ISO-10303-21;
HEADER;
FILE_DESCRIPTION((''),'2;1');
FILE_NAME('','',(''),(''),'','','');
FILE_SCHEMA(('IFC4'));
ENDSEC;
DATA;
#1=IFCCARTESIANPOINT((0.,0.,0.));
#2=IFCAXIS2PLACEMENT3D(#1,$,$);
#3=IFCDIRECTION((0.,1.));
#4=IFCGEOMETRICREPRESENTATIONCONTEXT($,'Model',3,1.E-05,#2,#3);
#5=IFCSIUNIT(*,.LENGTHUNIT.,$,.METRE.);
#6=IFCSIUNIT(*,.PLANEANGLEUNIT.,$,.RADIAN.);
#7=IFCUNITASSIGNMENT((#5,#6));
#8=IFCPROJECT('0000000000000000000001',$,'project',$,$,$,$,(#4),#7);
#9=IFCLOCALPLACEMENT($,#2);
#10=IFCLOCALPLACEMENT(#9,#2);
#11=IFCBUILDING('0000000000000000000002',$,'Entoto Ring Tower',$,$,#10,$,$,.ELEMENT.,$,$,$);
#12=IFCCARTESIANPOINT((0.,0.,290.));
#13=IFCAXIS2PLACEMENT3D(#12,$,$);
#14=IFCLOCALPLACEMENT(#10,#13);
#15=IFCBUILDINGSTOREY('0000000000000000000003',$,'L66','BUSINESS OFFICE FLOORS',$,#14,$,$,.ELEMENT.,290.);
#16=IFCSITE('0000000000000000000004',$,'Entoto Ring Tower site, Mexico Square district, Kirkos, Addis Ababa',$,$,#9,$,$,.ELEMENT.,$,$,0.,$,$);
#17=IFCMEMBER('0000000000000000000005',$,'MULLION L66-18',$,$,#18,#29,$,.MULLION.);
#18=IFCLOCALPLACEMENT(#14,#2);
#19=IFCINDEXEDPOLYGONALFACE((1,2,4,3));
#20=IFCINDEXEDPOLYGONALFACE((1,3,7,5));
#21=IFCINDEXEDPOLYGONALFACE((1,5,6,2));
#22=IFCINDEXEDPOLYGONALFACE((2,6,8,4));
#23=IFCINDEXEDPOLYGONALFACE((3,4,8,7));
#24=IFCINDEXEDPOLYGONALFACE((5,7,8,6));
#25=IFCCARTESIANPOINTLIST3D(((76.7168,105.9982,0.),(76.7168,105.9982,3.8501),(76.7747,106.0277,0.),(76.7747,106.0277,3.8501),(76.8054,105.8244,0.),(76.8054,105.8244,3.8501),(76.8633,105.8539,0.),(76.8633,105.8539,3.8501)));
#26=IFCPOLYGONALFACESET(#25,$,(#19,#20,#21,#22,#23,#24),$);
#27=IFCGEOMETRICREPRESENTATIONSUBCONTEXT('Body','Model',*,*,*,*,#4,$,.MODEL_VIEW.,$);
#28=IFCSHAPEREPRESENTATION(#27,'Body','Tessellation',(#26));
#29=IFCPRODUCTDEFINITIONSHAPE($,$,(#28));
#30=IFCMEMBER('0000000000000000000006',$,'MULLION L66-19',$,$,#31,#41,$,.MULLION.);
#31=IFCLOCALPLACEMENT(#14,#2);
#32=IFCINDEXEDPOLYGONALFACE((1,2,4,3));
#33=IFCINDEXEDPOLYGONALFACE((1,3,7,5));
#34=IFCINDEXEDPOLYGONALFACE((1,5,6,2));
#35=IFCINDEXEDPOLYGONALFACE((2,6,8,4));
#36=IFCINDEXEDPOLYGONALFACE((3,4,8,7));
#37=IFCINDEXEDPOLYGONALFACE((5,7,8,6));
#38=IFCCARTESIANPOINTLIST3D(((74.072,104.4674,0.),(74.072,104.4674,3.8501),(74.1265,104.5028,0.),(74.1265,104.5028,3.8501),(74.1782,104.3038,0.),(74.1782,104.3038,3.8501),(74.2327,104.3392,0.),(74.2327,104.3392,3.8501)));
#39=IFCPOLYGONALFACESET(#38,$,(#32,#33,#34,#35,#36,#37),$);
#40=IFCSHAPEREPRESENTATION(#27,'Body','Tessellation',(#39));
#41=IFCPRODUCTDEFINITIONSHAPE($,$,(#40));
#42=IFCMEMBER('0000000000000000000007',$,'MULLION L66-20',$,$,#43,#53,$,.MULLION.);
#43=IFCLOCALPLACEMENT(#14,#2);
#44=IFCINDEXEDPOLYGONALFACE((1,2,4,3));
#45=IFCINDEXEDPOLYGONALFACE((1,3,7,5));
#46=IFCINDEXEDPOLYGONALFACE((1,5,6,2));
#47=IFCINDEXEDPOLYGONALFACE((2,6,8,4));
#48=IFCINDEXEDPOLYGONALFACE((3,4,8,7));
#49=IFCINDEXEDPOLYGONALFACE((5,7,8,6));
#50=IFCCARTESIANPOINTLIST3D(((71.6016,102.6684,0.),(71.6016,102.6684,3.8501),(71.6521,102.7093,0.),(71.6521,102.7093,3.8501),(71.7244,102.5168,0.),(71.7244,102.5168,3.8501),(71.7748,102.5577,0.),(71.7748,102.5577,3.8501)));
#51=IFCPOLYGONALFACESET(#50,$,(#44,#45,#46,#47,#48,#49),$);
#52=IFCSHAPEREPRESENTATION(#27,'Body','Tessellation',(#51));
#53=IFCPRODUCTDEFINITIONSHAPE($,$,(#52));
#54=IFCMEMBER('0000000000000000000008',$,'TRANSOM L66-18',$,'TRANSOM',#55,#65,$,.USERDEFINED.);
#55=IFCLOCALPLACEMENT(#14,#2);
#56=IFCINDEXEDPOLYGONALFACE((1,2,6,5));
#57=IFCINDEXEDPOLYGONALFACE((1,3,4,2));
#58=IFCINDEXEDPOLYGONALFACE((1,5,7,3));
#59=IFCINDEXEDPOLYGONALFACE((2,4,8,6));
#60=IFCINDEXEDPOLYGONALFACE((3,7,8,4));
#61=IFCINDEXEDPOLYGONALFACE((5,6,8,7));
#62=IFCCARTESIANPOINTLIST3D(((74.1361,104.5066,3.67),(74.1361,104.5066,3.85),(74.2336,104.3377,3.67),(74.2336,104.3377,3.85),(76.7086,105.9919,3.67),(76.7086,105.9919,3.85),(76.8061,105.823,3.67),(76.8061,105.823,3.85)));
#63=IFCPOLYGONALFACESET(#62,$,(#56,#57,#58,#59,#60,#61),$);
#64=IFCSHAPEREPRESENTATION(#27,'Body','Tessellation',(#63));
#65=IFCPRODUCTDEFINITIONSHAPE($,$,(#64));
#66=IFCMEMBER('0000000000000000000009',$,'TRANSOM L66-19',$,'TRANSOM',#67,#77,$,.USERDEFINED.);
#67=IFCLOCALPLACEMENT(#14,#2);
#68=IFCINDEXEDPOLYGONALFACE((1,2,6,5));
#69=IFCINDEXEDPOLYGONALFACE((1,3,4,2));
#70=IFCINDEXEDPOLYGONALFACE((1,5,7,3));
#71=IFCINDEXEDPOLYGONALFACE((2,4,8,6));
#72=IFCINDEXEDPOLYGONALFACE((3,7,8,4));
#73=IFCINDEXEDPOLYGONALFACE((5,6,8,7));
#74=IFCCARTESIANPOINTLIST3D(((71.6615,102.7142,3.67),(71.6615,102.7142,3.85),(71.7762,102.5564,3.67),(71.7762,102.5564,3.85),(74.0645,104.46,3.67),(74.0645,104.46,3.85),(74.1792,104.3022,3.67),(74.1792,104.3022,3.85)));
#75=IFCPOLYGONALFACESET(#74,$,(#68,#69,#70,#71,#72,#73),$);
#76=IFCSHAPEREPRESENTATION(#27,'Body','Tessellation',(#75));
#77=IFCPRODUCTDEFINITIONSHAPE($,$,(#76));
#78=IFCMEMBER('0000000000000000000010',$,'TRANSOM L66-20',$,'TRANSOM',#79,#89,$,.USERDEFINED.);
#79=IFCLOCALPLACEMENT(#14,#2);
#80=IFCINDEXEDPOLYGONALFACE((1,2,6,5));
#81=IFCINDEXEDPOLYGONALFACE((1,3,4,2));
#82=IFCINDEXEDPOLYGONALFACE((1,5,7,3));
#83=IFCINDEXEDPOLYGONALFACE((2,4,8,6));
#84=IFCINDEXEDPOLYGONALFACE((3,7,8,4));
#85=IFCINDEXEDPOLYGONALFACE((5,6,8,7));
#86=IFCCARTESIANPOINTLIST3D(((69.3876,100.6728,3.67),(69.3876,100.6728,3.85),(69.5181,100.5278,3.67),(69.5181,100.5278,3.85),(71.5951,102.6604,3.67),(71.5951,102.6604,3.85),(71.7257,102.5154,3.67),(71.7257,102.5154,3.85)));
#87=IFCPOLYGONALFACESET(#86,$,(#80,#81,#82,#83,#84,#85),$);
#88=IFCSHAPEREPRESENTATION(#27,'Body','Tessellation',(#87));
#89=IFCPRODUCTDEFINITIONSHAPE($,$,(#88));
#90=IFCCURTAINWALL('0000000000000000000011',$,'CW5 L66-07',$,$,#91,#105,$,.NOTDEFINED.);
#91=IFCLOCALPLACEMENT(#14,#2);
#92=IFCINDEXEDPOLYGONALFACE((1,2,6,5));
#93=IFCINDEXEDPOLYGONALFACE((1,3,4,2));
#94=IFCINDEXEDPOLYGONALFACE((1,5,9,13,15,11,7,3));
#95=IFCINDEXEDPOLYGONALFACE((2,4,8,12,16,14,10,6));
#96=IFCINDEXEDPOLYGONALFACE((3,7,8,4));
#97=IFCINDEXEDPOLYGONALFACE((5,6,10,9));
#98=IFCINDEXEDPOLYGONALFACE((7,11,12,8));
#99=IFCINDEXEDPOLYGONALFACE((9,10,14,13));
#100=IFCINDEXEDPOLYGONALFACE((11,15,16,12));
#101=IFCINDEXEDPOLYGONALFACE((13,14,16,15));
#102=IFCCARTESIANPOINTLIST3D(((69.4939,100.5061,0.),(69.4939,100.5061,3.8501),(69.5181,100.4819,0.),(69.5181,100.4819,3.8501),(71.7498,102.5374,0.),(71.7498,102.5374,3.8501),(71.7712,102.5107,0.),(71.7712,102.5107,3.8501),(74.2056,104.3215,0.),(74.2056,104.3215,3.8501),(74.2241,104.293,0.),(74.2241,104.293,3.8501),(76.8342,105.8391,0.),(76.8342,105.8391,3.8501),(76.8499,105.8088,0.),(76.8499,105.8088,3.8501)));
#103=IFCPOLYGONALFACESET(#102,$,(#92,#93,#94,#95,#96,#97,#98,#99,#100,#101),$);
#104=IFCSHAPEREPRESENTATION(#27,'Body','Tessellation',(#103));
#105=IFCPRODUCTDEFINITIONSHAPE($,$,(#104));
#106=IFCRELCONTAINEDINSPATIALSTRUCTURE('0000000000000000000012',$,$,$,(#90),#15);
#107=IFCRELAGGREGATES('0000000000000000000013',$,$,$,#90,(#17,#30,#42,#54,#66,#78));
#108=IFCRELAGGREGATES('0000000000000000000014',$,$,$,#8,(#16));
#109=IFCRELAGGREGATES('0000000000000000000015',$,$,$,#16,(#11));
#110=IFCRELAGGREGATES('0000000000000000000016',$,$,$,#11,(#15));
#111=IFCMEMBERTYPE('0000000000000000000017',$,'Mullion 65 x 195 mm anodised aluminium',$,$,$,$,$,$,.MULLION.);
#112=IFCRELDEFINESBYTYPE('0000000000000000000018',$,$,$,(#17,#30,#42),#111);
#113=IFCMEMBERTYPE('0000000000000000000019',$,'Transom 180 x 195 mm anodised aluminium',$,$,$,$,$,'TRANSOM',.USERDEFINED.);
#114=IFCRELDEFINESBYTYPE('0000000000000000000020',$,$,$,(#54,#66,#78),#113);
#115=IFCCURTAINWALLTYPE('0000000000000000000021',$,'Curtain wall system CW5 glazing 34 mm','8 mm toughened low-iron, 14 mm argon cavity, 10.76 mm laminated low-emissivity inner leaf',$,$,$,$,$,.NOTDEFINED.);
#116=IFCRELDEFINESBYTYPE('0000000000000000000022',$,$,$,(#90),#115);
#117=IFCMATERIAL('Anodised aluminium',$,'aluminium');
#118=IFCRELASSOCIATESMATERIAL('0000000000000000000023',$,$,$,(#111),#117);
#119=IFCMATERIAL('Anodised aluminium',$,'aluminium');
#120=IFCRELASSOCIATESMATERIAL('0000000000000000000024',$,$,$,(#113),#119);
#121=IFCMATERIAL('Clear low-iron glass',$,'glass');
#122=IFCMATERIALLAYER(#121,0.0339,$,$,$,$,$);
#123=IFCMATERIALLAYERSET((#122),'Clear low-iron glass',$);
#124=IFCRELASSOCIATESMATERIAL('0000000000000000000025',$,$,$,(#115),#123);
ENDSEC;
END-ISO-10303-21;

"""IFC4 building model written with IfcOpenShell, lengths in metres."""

from ifc_helpers import new_model, si_unit, direction, frame, origin, origin_2d, place, context, subcontext, project, spatial, polyline, rectangle, outline, extrude, material, layer, layer_set, material_profile, profile_set, type_object, element, aggregate, save


model = new_model("IFC4")

# Units and contexts
model_context = context("Model", 3, precision=1e-05, world=origin(), true_north=direction((0.0, 1.0)))
body_context = subcontext(model_context, "Body", "Model", "MODEL_VIEW")
ifc_project = project(units=[si_unit("LENGTHUNIT", "METRE"), si_unit("PLANEANGLEUNIT", "RADIAN")], contexts=[model_context])

# Members
ifc_material_1 = material(Name="Anodised aluminium", Category="aluminium")
ifc_material_profile_1 = material_profile(ifc_material_1, rectangle(XDim=0.0649, YDim=0.1951, at=origin_2d()), Name="Mullion 65 x 195 mm anodised aluminium")
ifc_profile_set_1 = profile_set([ifc_material_profile_1], Name="Anodised aluminium")
member_type_1 = type_object("IfcMemberType", Name="Mullion 65 x 195 mm anodised aluminium", PredefinedType="MULLION", material=ifc_profile_set_1)
site_placement = place(None, origin())
building_placement = place(site_placement, origin())
storey_placement = place(building_placement, frame((0.0, 0.0, 290.0)))
member_1_placement = place(storey_placement, frame((76.79, 105.926, 0.0), z_axis=(0.0, 0.0, 1.0), x_axis=(-0.891007, -0.45399, 0.0)))
member_1 = element("IfcMember", 1, at=member_1_placement, type_object=member_type_1, Name="MULLION L66-18", PredefinedType="MULLION", context=body_context, shape_type="SweptSolid", body=[
    extrude(rectangle(XDim=0.0649, YDim=0.1951, at=origin_2d()), origin(), (0.0, 0.0, 1.0), 3.8501),
])
member_2_placement = place(storey_placement, frame((74.1523, 104.4033, 0.0), z_axis=(0.0, 0.0, 1.0), x_axis=(-0.838671, -0.544639, 0.0)))
member_2 = element("IfcMember", 2, at=member_2_placement, type_object=member_type_1, Name="MULLION L66-19", PredefinedType="MULLION", context=body_context, shape_type="SweptSolid", body=[
    extrude(rectangle(XDim=0.0649, YDim=0.1951, at=origin_2d()), origin(), (0.0, 0.0, 1.0), 3.8501),
])
member_3_placement = place(storey_placement, frame((71.6882, 102.613, 0.0), z_axis=(0.0, 0.0, 1.0), x_axis=(-0.777146, -0.62932, 0.0)))
member_3 = element("IfcMember", 3, at=member_3_placement, type_object=member_type_1, Name="MULLION L66-20", PredefinedType="MULLION", context=body_context, shape_type="SweptSolid", body=[
    extrude(rectangle(XDim=0.0649, YDim=0.1951, at=origin_2d()), origin(), (0.0, 0.0, 1.0), 3.8501),
])
ifc_material_2 = material(Name="Anodised aluminium", Category="aluminium")
ifc_material_profile_2 = material_profile(ifc_material_2, rectangle(XDim=0.1951, YDim=0.1799, at=origin_2d()), Name="Transom 180 x 195 mm anodised aluminium")
ifc_profile_set_2 = profile_set([ifc_material_profile_2], Name="Anodised aluminium")
member_type_2 = type_object("IfcMemberType", Name="Transom 180 x 195 mm anodised aluminium", ElementType="TRANSOM", PredefinedType="USERDEFINED", material=ifc_profile_set_2)
member_4_placement = place(storey_placement, frame((76.7573, 105.9075, 3.76), z_axis=(-0.866009, -0.500028, 0.0), x_axis=(0.500028, -0.866009, 0.0)))
member_4 = element("IfcMember", 4, at=member_4_placement, type_object=member_type_2, Name="TRANSOM L66-18", ObjectType="TRANSOM", PredefinedType="USERDEFINED", context=body_context, shape_type="SweptSolid", body=[
    extrude(rectangle(XDim=0.1951, YDim=0.1799, at=origin_2d()), origin(), (0.0, 0.0, 1.0), 2.9705),
])
member_5_placement = place(storey_placement, frame((74.1218, 104.3811, 3.76), z_axis=(-0.809031, -0.587766, 0.0), x_axis=(0.587766, -0.809031, 0.0)))
member_5 = element("IfcMember", 5, at=member_5_placement, type_object=member_type_2, Name="TRANSOM L66-19", ObjectType="TRANSOM", PredefinedType="USERDEFINED", context=body_context, shape_type="SweptSolid", body=[
    extrude(rectangle(XDim=0.1951, YDim=0.1799, at=origin_2d()), origin(), (0.0, 0.0, 1.0), 2.9702),
])
member_6_placement = place(storey_placement, frame((71.6604, 102.5879, 3.76), z_axis=(-0.743163, -0.66911, 0.0), x_axis=(0.66911, -0.743163, 0.0)))
member_6 = element("IfcMember", 6, at=member_6_placement, type_object=member_type_2, Name="TRANSOM L66-20", ObjectType="TRANSOM", PredefinedType="USERDEFINED", context=body_context, shape_type="SweptSolid", body=[
    extrude(rectangle(XDim=0.1951, YDim=0.1799, at=origin_2d()), origin(), (0.0, 0.0, 1.0), 2.9705),
])

# Site, building, storey
site = spatial("IfcSite", under=ifc_project, at=site_placement, Name="Entoto Ring Tower site, Mexico Square district, Kirkos, Addis Ababa", CompositionType="ELEMENT", RefElevation=0.0)
building = spatial("IfcBuilding", under=site, at=building_placement, Name="Entoto Ring Tower", CompositionType="ELEMENT")
storey = spatial("IfcBuildingStorey", under=building, at=storey_placement, Name="L66", Description="BUSINESS OFFICE FLOORS", CompositionType="ELEMENT", Elevation=290.0)

# Curtain wall
ifc_material_3 = material(Name="Clear low-iron glass", Category="glass")
ifc_layer = layer(ifc_material_3, 0.0339)
ifc_layer_set = layer_set([ifc_layer], Name="Clear low-iron glass")
curtain_wall_type = type_object("IfcCurtainWallType", Name="Curtain wall system CW5 glazing 34 mm", Description="8 mm toughened low-iron, 14 mm argon cavity, 10.76 mm laminated low-emissivity inner leaf", PredefinedType="NOTDEFINED", material=ifc_layer_set)
curtain_wall_1_placement = place(storey_placement, origin())
curtain_wall_1 = element("IfcCurtainWall", 7, at=curtain_wall_1_placement, inside=storey, type_object=curtain_wall_type, Name="CW5 L66-07", PredefinedType="NOTDEFINED", context=body_context, shape_type="SweptSolid", body=[
    extrude(outline(polyline([(76.8342, 105.8391), (74.2056, 104.3215), (71.7498, 102.5374), (69.4939, 100.5061), (69.5181, 100.4819), (71.7712, 102.5107), (74.2241, 104.293), (76.8499, 105.8088), (76.8342, 105.8391)])), origin(), (0.0, 0.0, 1.0), 3.8501),
])
aggregate(curtain_wall_1, [member_1, member_2, member_3, member_4, member_5, member_6])

save(model, "model.ifc")
